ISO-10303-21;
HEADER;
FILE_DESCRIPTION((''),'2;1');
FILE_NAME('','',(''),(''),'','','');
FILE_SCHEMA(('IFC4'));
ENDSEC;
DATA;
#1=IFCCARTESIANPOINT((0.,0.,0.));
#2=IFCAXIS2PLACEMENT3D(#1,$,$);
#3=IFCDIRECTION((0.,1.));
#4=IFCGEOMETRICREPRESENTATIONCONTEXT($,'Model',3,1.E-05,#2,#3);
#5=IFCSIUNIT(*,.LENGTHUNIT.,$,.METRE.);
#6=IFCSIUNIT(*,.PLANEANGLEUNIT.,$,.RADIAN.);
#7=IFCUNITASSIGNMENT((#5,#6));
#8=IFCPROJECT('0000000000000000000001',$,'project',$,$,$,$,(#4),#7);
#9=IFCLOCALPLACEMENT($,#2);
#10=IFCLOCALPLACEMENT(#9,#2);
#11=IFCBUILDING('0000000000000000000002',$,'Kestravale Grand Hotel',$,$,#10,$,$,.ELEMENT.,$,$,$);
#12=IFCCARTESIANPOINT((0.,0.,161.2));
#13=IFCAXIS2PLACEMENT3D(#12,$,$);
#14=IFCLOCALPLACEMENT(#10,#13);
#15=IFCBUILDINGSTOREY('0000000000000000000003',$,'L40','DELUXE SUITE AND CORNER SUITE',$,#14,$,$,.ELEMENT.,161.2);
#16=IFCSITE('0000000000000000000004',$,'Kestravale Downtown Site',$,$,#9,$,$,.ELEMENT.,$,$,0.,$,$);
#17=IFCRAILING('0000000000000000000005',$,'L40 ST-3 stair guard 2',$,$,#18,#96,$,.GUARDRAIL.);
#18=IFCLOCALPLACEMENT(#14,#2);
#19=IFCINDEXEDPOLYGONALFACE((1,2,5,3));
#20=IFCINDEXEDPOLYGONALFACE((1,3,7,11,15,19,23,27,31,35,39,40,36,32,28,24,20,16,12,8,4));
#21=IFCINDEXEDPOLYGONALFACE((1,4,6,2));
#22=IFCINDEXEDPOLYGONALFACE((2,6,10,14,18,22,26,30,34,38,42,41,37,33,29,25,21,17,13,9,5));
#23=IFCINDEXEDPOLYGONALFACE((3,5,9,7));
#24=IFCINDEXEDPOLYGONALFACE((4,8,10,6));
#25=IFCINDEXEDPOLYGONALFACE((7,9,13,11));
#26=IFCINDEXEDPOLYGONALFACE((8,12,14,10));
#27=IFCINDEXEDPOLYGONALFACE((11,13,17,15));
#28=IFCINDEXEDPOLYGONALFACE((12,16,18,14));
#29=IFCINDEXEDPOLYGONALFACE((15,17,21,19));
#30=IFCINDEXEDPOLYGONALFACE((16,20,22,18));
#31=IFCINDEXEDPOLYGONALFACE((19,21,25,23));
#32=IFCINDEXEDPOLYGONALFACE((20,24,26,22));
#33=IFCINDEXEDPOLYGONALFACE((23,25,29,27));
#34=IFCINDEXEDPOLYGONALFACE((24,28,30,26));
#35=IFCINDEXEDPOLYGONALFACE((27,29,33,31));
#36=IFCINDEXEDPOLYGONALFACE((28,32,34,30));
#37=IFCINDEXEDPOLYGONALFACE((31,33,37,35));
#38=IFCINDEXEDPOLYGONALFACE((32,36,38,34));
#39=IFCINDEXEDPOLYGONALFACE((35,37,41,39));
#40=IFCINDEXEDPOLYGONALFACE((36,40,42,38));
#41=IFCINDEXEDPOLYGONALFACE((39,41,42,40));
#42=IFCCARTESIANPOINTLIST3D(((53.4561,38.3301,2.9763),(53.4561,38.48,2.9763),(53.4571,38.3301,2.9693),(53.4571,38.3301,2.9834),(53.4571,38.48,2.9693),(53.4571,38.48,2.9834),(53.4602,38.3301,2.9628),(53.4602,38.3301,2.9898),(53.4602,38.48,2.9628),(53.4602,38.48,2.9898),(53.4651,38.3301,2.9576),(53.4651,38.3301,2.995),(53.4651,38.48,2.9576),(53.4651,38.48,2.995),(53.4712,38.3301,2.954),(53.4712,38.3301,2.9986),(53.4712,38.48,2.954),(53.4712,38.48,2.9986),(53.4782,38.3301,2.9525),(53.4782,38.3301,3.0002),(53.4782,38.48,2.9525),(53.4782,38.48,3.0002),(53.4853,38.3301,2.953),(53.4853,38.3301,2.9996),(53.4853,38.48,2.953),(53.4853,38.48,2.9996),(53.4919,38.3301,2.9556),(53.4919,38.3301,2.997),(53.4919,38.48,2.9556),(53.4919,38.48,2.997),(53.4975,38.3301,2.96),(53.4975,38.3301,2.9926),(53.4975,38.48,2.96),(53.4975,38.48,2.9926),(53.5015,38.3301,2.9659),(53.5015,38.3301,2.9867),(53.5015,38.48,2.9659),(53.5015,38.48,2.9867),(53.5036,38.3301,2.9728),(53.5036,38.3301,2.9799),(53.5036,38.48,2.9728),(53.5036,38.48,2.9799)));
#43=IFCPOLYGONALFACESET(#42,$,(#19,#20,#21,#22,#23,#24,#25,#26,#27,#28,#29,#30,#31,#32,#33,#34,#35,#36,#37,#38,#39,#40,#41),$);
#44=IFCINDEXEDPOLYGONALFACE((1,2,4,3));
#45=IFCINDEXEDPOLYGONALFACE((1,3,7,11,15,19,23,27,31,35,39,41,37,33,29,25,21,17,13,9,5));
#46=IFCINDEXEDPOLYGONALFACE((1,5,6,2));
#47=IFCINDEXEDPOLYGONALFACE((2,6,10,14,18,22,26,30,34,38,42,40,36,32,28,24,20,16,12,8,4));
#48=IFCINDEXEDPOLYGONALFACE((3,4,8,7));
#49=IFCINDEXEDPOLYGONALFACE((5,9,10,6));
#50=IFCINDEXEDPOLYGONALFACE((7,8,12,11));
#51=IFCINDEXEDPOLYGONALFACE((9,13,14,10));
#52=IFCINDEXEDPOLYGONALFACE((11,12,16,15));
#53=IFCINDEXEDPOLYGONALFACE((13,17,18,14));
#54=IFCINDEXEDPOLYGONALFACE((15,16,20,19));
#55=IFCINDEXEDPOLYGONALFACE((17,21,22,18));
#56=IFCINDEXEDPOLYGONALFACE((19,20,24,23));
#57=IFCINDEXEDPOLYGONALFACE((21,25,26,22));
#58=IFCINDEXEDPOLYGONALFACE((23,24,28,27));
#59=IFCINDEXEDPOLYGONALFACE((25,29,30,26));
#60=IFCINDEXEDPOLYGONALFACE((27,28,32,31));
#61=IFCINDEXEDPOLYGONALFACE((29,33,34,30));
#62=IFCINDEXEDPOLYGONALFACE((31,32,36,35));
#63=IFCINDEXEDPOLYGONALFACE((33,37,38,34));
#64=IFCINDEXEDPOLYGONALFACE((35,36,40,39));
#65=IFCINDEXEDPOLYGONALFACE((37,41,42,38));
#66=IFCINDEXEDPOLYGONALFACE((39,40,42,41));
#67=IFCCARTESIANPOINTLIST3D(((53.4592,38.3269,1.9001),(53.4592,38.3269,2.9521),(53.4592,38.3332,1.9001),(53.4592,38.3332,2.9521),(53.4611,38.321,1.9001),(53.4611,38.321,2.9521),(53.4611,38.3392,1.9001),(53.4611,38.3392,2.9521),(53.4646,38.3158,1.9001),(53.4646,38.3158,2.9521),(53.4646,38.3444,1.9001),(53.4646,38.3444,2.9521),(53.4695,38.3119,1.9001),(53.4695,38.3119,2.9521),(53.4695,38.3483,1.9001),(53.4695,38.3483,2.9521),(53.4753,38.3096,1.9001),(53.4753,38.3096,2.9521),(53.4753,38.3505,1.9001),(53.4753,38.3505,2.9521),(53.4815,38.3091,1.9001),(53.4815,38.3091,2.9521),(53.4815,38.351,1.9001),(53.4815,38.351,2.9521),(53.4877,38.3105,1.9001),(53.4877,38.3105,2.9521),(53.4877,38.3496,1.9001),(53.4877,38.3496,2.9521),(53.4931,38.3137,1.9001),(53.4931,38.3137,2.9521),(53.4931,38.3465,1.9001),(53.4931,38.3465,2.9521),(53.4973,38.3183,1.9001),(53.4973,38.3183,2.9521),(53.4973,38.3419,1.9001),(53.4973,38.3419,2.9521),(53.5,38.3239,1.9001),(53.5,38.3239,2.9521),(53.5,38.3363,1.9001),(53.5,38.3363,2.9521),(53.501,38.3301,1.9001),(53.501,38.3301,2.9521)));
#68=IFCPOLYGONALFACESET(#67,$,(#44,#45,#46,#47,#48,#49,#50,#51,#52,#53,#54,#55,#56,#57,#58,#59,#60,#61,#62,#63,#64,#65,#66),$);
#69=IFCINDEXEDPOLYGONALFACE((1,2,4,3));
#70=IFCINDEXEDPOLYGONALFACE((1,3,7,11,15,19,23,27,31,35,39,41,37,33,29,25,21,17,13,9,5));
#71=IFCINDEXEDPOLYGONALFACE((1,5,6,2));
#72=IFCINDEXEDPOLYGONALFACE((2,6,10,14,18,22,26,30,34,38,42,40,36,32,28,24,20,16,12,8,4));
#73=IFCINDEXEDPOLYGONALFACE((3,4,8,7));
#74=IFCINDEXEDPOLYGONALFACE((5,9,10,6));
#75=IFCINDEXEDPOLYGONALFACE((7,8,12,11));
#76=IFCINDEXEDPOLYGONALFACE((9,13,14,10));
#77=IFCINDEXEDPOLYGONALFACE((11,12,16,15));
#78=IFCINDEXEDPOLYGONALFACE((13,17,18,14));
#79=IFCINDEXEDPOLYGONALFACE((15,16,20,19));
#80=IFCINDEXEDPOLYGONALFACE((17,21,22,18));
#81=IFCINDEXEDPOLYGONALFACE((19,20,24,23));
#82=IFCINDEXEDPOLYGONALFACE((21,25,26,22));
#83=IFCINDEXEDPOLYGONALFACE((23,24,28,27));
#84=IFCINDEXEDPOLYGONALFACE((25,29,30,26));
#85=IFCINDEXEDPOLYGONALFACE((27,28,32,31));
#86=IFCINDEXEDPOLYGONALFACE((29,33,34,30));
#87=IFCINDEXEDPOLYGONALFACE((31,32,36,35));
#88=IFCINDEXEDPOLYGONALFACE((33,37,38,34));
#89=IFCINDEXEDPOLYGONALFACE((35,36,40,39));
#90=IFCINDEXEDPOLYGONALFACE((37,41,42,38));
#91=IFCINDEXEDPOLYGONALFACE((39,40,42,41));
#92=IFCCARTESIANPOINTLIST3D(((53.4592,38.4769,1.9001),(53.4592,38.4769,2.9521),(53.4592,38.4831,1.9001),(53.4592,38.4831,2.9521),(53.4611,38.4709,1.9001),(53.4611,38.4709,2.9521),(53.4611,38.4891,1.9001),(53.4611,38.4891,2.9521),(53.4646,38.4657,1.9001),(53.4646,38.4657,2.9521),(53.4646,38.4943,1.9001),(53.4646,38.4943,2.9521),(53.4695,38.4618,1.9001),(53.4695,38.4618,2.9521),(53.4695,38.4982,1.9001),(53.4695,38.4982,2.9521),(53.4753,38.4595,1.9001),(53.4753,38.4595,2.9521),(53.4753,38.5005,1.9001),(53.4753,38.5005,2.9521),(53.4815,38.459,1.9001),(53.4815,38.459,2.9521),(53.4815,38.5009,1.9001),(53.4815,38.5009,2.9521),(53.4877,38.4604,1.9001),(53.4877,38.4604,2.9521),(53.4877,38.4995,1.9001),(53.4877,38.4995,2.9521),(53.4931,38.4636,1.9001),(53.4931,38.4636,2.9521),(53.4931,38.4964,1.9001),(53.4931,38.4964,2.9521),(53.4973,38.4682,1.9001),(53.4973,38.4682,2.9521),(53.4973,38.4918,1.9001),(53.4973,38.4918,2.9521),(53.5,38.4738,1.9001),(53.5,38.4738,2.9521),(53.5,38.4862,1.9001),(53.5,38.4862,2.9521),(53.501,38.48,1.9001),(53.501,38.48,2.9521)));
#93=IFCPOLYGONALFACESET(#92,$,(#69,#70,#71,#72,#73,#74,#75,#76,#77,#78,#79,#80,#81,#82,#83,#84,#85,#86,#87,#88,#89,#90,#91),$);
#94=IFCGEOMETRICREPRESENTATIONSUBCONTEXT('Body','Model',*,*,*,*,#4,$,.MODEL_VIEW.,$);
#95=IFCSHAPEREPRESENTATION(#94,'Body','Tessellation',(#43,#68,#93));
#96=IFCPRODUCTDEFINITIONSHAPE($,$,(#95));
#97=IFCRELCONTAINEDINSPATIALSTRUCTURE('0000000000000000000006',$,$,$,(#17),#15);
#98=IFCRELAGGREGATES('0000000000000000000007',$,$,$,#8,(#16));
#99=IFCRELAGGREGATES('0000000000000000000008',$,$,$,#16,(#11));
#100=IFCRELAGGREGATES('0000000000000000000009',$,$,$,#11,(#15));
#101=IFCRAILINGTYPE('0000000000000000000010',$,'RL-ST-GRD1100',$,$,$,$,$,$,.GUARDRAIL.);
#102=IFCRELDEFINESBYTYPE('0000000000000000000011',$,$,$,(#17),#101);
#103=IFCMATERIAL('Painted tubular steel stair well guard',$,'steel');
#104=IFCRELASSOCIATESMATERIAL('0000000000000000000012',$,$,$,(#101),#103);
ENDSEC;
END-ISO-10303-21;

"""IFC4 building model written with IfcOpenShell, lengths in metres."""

from ifc_helpers import new_model, si_unit, direction, frame, origin, origin_2d, place, context, subcontext, project, spatial, circle, extrude, material, type_object, element, save


model = new_model("IFC4")

# Units and contexts
model_context = context("Model", 3, precision=1e-05, world=origin(), true_north=direction((0.0, 1.0)))
body_context = subcontext(model_context, "Body", "Model", "MODEL_VIEW")
ifc_project = project(units=[si_unit("LENGTHUNIT", "METRE"), si_unit("PLANEANGLEUNIT", "RADIAN")], contexts=[model_context])

# Site, building, storey
site_placement = place(None, origin())
site = spatial("IfcSite", under=ifc_project, at=site_placement, Name="Kestravale Downtown Site", CompositionType="ELEMENT", RefElevation=0.0)
building_placement = place(site_placement, origin())
building = spatial("IfcBuilding", under=site, at=building_placement, Name="Kestravale Grand Hotel", CompositionType="ELEMENT")
storey_placement = place(building_placement, frame((0.0, 0.0, 161.2)))
storey = spatial("IfcBuildingStorey", under=building, at=storey_placement, Name="L40", Description="DELUXE SUITE AND CORNER SUITE", CompositionType="ELEMENT", Elevation=161.2)

# Railing
ifc_material_1 = material(Name="Painted tubular steel stair well guard", Category="steel")
railing_type_1 = type_object("IfcRailingType", Name="RL-ST-GRD1100", PredefinedType="GUARDRAIL", material=ifc_material_1)
railing_1_placement = place(storey_placement, frame((53.48, 38.3301, 1.9001)))
element("IfcRailing", 1, at=railing_1_placement, inside=storey, type_object=railing_type_1, Name="L40 ST-3 stair guard 2", PredefinedType="GUARDRAIL", context=body_context, shape_type="SweptSolid", body=[
    extrude(circle(Radius=0.0239, at=origin_2d()), frame((0.0, 0.0, 1.0762), z_axis=(0.0, 1.0, 0.0), x_axis=(-1.0, 0.0, 0.0)), (0.0, 0.0, 1.0), 0.1499),
    extrude(circle(Radius=0.021, at=origin_2d()), origin(), (0.0, 0.0, 1.0), 1.052),
    extrude(circle(Radius=0.021, at=origin_2d()), frame((0.0, 0.1499, 0.0)), (0.0, 0.0, 1.0), 1.052),
])

save(model, "model.ifc")
